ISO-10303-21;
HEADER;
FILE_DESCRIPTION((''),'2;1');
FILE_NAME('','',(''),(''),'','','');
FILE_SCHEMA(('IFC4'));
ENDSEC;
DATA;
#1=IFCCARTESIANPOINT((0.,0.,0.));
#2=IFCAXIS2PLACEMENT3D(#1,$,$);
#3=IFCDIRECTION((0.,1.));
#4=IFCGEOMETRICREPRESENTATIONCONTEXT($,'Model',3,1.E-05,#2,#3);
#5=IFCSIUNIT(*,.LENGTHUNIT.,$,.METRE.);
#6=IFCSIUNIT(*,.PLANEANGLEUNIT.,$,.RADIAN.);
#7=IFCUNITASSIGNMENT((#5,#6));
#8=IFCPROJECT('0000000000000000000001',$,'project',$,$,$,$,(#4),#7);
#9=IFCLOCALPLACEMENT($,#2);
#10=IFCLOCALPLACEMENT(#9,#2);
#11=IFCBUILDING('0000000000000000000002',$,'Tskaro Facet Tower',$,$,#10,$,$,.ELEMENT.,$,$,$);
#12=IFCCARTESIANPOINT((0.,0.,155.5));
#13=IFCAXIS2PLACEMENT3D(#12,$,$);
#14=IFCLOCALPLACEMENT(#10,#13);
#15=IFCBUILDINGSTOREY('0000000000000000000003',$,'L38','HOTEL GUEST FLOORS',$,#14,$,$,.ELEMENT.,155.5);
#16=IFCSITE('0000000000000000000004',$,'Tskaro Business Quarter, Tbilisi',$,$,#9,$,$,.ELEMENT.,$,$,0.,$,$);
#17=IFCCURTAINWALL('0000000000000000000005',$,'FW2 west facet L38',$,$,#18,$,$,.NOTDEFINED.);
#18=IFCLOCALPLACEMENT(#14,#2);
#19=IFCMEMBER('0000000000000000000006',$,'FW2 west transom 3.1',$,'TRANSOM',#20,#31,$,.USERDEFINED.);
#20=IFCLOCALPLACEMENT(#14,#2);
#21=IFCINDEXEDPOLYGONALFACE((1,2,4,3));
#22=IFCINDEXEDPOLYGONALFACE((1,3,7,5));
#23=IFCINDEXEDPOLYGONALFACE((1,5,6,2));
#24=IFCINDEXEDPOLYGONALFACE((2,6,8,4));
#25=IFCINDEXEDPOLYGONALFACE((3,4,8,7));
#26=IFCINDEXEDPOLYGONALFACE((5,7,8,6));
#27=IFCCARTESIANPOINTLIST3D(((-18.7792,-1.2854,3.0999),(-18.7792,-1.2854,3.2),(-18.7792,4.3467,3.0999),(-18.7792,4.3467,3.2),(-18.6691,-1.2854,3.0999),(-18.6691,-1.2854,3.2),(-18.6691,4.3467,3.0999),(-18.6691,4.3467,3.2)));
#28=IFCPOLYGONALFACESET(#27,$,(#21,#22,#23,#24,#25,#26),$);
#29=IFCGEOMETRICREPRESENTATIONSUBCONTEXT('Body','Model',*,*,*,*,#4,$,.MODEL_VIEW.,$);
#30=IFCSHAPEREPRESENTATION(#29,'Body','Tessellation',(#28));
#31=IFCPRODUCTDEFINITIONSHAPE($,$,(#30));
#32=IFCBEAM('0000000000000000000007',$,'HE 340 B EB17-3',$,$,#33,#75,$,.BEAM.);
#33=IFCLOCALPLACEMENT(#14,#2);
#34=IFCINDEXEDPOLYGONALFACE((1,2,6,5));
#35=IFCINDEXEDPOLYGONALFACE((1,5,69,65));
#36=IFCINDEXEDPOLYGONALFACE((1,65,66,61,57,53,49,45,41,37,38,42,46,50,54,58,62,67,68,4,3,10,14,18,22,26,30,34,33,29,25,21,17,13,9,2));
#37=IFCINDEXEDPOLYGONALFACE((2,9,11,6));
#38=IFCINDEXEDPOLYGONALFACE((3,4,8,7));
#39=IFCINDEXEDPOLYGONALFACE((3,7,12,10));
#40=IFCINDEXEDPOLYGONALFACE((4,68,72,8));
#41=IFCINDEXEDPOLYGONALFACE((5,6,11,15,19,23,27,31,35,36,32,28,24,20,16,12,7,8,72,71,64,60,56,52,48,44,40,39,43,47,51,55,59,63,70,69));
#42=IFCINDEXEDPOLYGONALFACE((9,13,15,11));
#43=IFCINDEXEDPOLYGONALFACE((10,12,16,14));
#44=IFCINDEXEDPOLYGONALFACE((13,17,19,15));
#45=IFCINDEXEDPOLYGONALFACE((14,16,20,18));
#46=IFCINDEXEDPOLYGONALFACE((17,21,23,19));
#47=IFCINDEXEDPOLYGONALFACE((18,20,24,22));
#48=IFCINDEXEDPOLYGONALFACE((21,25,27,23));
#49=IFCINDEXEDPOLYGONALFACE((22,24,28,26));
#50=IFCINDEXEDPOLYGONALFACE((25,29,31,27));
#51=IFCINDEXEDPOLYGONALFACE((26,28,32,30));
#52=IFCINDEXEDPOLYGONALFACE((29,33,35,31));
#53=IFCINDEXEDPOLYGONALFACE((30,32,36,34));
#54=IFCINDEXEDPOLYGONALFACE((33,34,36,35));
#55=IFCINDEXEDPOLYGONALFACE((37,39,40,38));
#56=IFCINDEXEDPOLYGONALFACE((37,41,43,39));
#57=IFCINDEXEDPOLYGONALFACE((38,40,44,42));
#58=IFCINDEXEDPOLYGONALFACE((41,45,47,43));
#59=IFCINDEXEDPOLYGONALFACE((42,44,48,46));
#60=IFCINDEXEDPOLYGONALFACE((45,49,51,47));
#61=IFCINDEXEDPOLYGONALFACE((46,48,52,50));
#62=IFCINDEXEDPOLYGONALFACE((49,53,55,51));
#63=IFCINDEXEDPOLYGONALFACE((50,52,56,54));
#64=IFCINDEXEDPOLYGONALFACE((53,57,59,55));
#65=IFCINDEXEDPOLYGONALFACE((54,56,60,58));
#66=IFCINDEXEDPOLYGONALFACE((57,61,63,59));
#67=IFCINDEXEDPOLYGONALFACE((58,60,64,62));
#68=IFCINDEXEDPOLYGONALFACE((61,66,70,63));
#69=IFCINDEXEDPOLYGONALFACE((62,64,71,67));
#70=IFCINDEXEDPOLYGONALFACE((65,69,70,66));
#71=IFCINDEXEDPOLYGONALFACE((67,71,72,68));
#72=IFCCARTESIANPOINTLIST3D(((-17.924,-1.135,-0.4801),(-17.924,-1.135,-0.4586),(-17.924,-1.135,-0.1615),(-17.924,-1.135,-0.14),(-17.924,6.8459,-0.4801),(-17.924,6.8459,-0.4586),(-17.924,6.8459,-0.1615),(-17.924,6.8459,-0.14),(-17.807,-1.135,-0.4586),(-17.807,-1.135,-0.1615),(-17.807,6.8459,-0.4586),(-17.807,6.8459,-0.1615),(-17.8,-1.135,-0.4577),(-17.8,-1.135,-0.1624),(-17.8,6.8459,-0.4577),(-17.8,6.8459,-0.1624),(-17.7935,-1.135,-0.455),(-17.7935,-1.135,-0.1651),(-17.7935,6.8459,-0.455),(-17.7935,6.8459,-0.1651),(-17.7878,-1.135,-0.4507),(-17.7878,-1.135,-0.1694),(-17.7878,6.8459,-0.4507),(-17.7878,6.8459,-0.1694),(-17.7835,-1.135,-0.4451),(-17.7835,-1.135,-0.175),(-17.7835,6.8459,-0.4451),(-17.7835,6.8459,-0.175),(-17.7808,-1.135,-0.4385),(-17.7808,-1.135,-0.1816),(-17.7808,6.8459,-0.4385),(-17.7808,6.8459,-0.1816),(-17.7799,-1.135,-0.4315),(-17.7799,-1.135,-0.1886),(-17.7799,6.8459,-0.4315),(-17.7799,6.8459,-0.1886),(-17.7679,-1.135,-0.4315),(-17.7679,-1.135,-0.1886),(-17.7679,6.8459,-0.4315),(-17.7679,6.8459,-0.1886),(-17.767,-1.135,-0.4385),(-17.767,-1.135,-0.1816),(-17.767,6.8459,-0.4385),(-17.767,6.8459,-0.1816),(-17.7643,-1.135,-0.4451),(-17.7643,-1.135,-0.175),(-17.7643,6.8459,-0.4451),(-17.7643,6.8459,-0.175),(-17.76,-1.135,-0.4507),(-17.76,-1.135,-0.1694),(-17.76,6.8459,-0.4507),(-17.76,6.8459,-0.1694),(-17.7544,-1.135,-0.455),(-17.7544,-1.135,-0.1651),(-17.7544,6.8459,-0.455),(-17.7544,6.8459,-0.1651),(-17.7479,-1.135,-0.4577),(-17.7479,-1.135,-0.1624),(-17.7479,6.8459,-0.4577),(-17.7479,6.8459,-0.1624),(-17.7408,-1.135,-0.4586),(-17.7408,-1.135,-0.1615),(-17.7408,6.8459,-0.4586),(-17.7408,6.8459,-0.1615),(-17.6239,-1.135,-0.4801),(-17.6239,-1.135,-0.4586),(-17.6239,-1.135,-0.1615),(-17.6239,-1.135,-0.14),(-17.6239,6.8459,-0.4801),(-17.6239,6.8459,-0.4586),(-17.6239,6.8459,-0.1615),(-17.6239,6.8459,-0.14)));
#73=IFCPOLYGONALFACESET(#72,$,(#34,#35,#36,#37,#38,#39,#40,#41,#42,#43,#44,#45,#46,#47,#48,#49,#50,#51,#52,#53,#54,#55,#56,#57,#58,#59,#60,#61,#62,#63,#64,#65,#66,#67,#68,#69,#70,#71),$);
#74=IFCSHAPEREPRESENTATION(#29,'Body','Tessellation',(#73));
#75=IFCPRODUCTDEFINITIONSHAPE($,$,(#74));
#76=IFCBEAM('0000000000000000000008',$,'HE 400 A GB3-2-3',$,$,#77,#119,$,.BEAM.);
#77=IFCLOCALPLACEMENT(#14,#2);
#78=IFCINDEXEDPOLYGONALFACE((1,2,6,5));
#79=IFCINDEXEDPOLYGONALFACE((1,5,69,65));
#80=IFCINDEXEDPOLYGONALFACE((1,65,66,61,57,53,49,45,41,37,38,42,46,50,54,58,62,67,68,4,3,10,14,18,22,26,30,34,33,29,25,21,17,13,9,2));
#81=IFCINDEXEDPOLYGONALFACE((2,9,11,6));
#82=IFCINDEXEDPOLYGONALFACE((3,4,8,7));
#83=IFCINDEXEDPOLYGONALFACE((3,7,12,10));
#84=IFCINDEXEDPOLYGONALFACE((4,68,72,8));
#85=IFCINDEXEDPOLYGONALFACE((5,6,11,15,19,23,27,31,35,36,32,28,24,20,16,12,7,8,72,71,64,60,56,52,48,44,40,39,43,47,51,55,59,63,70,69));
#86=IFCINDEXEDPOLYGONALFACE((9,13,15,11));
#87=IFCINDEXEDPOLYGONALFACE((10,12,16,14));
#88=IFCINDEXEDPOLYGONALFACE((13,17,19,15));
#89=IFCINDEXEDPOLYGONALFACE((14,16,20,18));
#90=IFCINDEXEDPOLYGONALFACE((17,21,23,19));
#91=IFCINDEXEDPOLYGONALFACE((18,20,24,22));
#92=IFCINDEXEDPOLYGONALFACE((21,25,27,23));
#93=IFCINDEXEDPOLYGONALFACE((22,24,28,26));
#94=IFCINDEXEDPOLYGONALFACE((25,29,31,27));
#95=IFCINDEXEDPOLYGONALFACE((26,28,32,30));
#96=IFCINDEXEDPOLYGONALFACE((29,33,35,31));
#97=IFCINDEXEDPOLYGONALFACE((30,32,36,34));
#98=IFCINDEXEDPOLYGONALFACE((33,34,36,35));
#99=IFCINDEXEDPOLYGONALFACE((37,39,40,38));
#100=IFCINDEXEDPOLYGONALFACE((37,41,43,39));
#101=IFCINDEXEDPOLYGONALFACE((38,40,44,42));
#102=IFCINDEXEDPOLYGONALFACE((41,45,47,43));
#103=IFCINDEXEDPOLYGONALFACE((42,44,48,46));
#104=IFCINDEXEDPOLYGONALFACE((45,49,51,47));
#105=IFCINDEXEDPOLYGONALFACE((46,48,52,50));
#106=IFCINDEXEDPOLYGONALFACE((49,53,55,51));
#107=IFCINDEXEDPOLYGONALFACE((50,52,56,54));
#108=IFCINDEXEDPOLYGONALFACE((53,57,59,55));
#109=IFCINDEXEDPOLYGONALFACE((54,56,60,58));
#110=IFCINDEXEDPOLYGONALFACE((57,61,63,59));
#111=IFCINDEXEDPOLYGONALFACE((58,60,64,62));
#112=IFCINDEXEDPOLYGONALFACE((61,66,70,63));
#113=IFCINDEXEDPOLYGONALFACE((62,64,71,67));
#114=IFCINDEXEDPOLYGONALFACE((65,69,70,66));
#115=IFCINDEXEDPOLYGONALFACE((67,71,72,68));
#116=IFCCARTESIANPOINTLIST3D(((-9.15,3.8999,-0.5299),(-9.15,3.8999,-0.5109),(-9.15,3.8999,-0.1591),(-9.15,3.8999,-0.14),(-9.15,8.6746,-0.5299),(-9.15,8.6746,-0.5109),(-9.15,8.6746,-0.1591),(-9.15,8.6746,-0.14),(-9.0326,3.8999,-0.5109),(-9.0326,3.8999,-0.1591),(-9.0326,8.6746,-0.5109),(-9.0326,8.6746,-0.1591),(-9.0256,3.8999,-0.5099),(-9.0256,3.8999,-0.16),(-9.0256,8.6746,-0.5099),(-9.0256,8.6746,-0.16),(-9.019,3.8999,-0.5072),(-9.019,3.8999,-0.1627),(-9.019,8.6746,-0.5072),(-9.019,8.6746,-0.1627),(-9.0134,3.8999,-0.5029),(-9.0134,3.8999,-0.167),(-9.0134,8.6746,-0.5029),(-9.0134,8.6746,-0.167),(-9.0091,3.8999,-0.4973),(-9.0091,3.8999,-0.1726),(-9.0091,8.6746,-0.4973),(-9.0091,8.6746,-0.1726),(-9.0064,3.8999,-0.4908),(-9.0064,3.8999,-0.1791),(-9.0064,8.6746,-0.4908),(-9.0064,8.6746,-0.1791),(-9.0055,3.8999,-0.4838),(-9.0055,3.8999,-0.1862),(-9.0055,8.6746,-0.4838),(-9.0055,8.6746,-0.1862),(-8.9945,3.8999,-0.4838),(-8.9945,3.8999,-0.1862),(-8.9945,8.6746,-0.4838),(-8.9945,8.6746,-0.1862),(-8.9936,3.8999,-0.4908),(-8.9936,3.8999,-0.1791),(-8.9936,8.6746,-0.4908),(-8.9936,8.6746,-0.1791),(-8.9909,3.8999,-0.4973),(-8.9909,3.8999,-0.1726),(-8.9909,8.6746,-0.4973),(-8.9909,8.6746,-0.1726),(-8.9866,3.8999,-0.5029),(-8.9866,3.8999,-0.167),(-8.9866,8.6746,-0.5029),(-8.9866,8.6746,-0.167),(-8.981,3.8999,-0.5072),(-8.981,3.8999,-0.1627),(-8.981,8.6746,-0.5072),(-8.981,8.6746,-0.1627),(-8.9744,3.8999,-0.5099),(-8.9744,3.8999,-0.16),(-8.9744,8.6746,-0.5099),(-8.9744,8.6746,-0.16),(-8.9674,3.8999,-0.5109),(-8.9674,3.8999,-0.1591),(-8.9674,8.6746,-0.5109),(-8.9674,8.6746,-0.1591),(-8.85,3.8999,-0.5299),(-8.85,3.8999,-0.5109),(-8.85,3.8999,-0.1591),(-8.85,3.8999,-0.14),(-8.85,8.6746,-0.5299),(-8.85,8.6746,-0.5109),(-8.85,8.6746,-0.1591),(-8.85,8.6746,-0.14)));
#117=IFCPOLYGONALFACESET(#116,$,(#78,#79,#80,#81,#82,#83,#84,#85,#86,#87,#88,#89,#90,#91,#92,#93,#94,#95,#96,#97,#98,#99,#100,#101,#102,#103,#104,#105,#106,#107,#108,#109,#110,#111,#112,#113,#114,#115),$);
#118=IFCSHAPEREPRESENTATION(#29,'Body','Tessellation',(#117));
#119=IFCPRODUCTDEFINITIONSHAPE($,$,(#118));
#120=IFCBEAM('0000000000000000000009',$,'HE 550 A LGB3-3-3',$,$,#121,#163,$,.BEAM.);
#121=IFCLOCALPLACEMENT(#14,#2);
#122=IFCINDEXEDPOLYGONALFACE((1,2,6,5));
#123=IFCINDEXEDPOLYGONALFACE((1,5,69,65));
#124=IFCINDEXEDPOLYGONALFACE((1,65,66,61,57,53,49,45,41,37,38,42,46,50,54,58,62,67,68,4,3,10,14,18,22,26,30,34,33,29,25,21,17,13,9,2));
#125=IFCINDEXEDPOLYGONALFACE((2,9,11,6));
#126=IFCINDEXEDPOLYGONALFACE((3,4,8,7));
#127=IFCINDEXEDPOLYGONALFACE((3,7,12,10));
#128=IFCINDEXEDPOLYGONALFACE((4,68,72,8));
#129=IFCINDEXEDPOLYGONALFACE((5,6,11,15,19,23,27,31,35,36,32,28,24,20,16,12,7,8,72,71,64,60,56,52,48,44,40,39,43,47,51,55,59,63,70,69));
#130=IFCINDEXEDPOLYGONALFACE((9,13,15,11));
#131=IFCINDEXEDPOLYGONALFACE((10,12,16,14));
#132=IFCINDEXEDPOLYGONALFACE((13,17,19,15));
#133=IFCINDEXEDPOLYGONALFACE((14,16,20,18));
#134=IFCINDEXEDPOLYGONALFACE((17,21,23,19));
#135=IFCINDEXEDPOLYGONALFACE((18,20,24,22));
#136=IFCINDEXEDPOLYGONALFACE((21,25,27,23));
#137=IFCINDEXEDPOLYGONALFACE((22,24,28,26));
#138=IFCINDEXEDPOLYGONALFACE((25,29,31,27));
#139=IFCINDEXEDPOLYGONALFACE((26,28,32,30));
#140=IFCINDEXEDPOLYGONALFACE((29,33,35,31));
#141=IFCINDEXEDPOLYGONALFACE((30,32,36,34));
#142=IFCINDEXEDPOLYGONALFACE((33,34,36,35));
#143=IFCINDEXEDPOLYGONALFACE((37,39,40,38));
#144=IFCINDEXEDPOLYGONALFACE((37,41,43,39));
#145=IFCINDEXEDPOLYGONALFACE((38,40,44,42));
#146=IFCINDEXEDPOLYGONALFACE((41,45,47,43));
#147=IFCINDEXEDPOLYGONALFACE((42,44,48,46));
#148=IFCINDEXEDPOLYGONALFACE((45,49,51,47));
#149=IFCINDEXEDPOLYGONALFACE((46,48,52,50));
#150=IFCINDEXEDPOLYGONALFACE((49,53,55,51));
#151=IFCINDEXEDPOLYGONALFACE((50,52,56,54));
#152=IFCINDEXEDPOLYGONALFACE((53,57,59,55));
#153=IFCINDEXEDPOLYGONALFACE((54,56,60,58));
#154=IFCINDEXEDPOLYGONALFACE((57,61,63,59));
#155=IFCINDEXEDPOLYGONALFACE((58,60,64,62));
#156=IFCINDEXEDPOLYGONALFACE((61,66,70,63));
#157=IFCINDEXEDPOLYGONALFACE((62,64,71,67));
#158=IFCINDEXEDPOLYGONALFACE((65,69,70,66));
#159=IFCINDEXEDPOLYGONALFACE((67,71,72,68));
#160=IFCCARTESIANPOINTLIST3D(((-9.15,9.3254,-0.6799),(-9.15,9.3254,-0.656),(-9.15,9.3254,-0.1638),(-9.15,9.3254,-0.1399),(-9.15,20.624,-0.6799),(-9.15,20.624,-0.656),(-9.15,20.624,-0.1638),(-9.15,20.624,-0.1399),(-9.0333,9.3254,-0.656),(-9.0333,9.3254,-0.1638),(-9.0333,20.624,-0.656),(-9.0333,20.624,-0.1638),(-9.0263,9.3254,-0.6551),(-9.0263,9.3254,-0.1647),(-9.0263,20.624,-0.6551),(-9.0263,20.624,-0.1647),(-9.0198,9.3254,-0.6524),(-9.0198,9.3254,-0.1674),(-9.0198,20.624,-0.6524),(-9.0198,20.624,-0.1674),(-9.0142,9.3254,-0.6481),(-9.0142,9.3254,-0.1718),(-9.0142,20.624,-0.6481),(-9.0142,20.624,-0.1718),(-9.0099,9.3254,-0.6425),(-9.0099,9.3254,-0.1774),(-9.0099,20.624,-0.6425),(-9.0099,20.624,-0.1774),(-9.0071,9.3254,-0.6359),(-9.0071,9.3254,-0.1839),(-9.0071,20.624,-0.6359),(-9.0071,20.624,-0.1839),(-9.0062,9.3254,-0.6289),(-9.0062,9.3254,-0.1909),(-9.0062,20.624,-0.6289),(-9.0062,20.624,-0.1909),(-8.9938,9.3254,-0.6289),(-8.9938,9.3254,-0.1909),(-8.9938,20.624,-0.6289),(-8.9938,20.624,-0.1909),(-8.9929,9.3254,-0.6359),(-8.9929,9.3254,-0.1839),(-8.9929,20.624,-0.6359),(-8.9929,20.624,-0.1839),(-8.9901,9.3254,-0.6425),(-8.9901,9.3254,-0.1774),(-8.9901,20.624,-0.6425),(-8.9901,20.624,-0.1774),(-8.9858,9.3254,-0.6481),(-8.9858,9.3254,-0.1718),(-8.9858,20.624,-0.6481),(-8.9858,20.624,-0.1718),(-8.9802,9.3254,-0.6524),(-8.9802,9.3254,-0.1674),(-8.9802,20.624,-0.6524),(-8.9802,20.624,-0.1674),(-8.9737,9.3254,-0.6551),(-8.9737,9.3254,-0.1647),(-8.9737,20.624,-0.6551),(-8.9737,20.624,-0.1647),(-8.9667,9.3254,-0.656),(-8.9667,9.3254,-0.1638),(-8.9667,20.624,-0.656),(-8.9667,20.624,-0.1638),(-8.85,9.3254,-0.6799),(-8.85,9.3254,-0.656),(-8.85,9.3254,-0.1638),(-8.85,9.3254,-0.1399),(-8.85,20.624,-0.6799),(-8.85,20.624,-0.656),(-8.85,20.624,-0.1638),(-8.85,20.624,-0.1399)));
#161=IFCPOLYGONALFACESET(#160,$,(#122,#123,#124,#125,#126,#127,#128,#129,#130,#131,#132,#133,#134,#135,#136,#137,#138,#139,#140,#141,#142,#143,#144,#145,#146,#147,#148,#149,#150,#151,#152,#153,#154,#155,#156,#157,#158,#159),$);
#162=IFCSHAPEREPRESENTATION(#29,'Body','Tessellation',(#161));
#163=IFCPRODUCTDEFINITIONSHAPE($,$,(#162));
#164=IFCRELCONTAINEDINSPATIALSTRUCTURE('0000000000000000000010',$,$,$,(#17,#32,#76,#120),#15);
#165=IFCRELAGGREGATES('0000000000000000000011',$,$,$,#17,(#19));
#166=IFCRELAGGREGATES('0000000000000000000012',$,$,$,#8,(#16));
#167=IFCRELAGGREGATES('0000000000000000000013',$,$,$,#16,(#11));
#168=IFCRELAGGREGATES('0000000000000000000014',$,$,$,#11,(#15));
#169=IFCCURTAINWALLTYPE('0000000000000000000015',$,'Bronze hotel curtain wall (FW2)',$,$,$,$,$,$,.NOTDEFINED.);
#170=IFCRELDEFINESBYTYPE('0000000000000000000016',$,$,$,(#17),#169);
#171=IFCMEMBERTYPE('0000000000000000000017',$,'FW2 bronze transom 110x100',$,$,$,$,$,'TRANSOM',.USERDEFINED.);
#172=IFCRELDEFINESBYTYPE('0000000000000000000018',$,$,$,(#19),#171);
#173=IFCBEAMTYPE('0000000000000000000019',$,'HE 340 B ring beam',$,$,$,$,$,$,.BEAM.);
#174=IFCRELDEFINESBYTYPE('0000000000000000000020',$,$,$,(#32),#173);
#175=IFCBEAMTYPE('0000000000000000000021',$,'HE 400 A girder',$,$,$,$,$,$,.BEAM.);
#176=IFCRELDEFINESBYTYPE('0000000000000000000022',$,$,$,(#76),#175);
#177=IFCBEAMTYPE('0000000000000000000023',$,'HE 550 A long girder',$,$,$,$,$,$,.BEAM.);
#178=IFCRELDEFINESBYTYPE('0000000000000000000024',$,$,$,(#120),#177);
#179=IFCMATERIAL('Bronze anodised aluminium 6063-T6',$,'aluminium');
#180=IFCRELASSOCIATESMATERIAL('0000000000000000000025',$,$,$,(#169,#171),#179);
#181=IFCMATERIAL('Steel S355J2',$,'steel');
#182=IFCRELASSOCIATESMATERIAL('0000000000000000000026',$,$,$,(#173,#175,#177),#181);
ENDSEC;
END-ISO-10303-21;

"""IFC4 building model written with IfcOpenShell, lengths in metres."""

from ifc_helpers import new_model, si_unit, direction, frame, origin, origin_2d, place, context, subcontext, project, spatial, rectangle, i_section, extrude, material, material_profile, profile_set, type_object, element, aggregate, save


model = new_model("IFC4")

# Units and contexts
model_context = context("Model", 3, precision=1e-05, world=origin(), true_north=direction((0.0, 1.0)))
body_context = subcontext(model_context, "Body", "Model", "MODEL_VIEW")
ifc_project = project(units=[si_unit("LENGTHUNIT", "METRE"), si_unit("PLANEANGLEUNIT", "RADIAN")], contexts=[model_context])

# Site, building, storey
site_placement = place(None, origin())
site = spatial("IfcSite", under=ifc_project, at=site_placement, Name="Tskaro Business Quarter, Tbilisi", CompositionType="ELEMENT", RefElevation=0.0)
building_placement = place(site_placement, origin())
building = spatial("IfcBuilding", under=site, at=building_placement, Name="Tskaro Facet Tower", CompositionType="ELEMENT")
storey_placement = place(building_placement, frame((0.0, 0.0, 155.5)))
storey = spatial("IfcBuildingStorey", under=building, at=storey_placement, Name="L38", Description="HOTEL GUEST FLOORS", CompositionType="ELEMENT", Elevation=155.5)

# Curtain wall, member
ifc_material_1 = material(Name="Bronze anodised aluminium 6063-T6", Category="aluminium")
curtain_wall_type = type_object("IfcCurtainWallType", Name="Bronze hotel curtain wall (FW2)", PredefinedType="NOTDEFINED", material=ifc_material_1)
curtain_wall_placement = place(storey_placement, origin())
curtain_wall = element("IfcCurtainWall", 1, at=curtain_wall_placement, inside=storey, type_object=curtain_wall_type, Name="FW2 west facet L38", PredefinedType="NOTDEFINED")
ifc_material_profile_1 = material_profile(ifc_material_1, rectangle(XDim=0.1101, YDim=0.1001, at=origin_2d()), Name="Transom 110x100")
ifc_profile_set_1 = profile_set([ifc_material_profile_1], Name="Bronze anodised aluminium 6063-T6")
member_type_1 = type_object("IfcMemberType", Name="FW2 bronze transom 110x100", ElementType="TRANSOM", PredefinedType="USERDEFINED", material=ifc_profile_set_1)
member_1_placement = place(storey_placement, frame((-18.7241, 4.3467, 3.1499), z_axis=(0.0, -1.0, 0.0), x_axis=(1.0, 0.0, 0.0)))
member_1 = element("IfcMember", 2, at=member_1_placement, type_object=member_type_1, Name="FW2 west transom 3.1", ObjectType="TRANSOM", PredefinedType="USERDEFINED", context=body_context, shape_type="SweptSolid", body=[
    extrude(rectangle(XDim=0.1101, YDim=0.1001, at=origin_2d()), origin(), (0.0, 0.0, 1.0), 5.6321),
])

# Beams
ifc_material_2 = material(Name="Steel S355J2", Category="steel")
ifc_material_profile_2 = material_profile(ifc_material_2, i_section(OverallWidth=0.3, OverallDepth=0.3401, WebThickness=0.012, FlangeThickness=0.0215, FilletRadius=0.0271, at=origin_2d()), Name="HE 340 B")
ifc_profile_set_2 = profile_set([ifc_material_profile_2], Name="Steel S355J2")
beam_type_1 = type_object("IfcBeamType", Name="HE 340 B ring beam", PredefinedType="BEAM", material=ifc_profile_set_2)
beam_1_placement = place(storey_placement, frame((-17.7739, 6.8459, -0.3101), z_axis=(0.0, -1.0, 0.0), x_axis=(1.0, 0.0, 0.0)))
element("IfcBeam", 3, at=beam_1_placement, inside=storey, type_object=beam_type_1, Name="HE 340 B EB17-3", PredefinedType="BEAM", context=body_context, shape_type="SweptSolid", body=[
    extrude(i_section(OverallWidth=0.3, OverallDepth=0.3401, WebThickness=0.012, FlangeThickness=0.0215, FilletRadius=0.0271, at=origin_2d()), origin(), (0.0, 0.0, 1.0), 7.981),
])
ifc_material_profile_3 = material_profile(ifc_material_2, i_section(OverallWidth=0.3, OverallDepth=0.3899, WebThickness=0.011, FlangeThickness=0.019, FilletRadius=0.0271, at=origin_2d()), Name="HE 400 A")
ifc_profile_set_3 = profile_set([ifc_material_profile_3], Name="Steel S355J2")
beam_type_2 = type_object("IfcBeamType", Name="HE 400 A girder", PredefinedType="BEAM", material=ifc_profile_set_3)
beam_2_placement = place(storey_placement, frame((-9.0, 3.8999, -0.335), z_axis=(0.0, 1.0, 0.0), x_axis=(-1.0, 0.0, 0.0)))
element("IfcBeam", 4, at=beam_2_placement, inside=storey, type_object=beam_type_2, Name="HE 400 A GB3-2-3", PredefinedType="BEAM", context=body_context, shape_type="SweptSolid", body=[
    extrude(i_section(OverallWidth=0.3, OverallDepth=0.3899, WebThickness=0.011, FlangeThickness=0.019, FilletRadius=0.0271, at=origin_2d()), origin(), (0.0, 0.0, 1.0), 4.7747),
])
ifc_material_profile_4 = material_profile(ifc_material_2, i_section(OverallWidth=0.3, OverallDepth=0.54, WebThickness=0.0125, FlangeThickness=0.0239, FilletRadius=0.0271, at=origin_2d()), Name="HE 550 A")
ifc_profile_set_4 = profile_set([ifc_material_profile_4], Name="Steel S355J2")
beam_type_3 = type_object("IfcBeamType", Name="HE 550 A long girder", PredefinedType="BEAM", material=ifc_profile_set_4)
beam_3_placement = place(storey_placement, frame((-9.0, 9.3254, -0.4099), z_axis=(0.0, 1.0, 0.0), x_axis=(-1.0, 0.0, 0.0)))
element("IfcBeam", 5, at=beam_3_placement, inside=storey, type_object=beam_type_3, Name="HE 550 A LGB3-3-3", PredefinedType="BEAM", context=body_context, shape_type="SweptSolid", body=[
    extrude(i_section(OverallWidth=0.3, OverallDepth=0.54, WebThickness=0.0125, FlangeThickness=0.0239, FilletRadius=0.0271, at=origin_2d()), origin(), (0.0, 0.0, 1.0), 11.2986),
])

aggregate(curtain_wall, [member_1])

save(model, "model.ifc")
